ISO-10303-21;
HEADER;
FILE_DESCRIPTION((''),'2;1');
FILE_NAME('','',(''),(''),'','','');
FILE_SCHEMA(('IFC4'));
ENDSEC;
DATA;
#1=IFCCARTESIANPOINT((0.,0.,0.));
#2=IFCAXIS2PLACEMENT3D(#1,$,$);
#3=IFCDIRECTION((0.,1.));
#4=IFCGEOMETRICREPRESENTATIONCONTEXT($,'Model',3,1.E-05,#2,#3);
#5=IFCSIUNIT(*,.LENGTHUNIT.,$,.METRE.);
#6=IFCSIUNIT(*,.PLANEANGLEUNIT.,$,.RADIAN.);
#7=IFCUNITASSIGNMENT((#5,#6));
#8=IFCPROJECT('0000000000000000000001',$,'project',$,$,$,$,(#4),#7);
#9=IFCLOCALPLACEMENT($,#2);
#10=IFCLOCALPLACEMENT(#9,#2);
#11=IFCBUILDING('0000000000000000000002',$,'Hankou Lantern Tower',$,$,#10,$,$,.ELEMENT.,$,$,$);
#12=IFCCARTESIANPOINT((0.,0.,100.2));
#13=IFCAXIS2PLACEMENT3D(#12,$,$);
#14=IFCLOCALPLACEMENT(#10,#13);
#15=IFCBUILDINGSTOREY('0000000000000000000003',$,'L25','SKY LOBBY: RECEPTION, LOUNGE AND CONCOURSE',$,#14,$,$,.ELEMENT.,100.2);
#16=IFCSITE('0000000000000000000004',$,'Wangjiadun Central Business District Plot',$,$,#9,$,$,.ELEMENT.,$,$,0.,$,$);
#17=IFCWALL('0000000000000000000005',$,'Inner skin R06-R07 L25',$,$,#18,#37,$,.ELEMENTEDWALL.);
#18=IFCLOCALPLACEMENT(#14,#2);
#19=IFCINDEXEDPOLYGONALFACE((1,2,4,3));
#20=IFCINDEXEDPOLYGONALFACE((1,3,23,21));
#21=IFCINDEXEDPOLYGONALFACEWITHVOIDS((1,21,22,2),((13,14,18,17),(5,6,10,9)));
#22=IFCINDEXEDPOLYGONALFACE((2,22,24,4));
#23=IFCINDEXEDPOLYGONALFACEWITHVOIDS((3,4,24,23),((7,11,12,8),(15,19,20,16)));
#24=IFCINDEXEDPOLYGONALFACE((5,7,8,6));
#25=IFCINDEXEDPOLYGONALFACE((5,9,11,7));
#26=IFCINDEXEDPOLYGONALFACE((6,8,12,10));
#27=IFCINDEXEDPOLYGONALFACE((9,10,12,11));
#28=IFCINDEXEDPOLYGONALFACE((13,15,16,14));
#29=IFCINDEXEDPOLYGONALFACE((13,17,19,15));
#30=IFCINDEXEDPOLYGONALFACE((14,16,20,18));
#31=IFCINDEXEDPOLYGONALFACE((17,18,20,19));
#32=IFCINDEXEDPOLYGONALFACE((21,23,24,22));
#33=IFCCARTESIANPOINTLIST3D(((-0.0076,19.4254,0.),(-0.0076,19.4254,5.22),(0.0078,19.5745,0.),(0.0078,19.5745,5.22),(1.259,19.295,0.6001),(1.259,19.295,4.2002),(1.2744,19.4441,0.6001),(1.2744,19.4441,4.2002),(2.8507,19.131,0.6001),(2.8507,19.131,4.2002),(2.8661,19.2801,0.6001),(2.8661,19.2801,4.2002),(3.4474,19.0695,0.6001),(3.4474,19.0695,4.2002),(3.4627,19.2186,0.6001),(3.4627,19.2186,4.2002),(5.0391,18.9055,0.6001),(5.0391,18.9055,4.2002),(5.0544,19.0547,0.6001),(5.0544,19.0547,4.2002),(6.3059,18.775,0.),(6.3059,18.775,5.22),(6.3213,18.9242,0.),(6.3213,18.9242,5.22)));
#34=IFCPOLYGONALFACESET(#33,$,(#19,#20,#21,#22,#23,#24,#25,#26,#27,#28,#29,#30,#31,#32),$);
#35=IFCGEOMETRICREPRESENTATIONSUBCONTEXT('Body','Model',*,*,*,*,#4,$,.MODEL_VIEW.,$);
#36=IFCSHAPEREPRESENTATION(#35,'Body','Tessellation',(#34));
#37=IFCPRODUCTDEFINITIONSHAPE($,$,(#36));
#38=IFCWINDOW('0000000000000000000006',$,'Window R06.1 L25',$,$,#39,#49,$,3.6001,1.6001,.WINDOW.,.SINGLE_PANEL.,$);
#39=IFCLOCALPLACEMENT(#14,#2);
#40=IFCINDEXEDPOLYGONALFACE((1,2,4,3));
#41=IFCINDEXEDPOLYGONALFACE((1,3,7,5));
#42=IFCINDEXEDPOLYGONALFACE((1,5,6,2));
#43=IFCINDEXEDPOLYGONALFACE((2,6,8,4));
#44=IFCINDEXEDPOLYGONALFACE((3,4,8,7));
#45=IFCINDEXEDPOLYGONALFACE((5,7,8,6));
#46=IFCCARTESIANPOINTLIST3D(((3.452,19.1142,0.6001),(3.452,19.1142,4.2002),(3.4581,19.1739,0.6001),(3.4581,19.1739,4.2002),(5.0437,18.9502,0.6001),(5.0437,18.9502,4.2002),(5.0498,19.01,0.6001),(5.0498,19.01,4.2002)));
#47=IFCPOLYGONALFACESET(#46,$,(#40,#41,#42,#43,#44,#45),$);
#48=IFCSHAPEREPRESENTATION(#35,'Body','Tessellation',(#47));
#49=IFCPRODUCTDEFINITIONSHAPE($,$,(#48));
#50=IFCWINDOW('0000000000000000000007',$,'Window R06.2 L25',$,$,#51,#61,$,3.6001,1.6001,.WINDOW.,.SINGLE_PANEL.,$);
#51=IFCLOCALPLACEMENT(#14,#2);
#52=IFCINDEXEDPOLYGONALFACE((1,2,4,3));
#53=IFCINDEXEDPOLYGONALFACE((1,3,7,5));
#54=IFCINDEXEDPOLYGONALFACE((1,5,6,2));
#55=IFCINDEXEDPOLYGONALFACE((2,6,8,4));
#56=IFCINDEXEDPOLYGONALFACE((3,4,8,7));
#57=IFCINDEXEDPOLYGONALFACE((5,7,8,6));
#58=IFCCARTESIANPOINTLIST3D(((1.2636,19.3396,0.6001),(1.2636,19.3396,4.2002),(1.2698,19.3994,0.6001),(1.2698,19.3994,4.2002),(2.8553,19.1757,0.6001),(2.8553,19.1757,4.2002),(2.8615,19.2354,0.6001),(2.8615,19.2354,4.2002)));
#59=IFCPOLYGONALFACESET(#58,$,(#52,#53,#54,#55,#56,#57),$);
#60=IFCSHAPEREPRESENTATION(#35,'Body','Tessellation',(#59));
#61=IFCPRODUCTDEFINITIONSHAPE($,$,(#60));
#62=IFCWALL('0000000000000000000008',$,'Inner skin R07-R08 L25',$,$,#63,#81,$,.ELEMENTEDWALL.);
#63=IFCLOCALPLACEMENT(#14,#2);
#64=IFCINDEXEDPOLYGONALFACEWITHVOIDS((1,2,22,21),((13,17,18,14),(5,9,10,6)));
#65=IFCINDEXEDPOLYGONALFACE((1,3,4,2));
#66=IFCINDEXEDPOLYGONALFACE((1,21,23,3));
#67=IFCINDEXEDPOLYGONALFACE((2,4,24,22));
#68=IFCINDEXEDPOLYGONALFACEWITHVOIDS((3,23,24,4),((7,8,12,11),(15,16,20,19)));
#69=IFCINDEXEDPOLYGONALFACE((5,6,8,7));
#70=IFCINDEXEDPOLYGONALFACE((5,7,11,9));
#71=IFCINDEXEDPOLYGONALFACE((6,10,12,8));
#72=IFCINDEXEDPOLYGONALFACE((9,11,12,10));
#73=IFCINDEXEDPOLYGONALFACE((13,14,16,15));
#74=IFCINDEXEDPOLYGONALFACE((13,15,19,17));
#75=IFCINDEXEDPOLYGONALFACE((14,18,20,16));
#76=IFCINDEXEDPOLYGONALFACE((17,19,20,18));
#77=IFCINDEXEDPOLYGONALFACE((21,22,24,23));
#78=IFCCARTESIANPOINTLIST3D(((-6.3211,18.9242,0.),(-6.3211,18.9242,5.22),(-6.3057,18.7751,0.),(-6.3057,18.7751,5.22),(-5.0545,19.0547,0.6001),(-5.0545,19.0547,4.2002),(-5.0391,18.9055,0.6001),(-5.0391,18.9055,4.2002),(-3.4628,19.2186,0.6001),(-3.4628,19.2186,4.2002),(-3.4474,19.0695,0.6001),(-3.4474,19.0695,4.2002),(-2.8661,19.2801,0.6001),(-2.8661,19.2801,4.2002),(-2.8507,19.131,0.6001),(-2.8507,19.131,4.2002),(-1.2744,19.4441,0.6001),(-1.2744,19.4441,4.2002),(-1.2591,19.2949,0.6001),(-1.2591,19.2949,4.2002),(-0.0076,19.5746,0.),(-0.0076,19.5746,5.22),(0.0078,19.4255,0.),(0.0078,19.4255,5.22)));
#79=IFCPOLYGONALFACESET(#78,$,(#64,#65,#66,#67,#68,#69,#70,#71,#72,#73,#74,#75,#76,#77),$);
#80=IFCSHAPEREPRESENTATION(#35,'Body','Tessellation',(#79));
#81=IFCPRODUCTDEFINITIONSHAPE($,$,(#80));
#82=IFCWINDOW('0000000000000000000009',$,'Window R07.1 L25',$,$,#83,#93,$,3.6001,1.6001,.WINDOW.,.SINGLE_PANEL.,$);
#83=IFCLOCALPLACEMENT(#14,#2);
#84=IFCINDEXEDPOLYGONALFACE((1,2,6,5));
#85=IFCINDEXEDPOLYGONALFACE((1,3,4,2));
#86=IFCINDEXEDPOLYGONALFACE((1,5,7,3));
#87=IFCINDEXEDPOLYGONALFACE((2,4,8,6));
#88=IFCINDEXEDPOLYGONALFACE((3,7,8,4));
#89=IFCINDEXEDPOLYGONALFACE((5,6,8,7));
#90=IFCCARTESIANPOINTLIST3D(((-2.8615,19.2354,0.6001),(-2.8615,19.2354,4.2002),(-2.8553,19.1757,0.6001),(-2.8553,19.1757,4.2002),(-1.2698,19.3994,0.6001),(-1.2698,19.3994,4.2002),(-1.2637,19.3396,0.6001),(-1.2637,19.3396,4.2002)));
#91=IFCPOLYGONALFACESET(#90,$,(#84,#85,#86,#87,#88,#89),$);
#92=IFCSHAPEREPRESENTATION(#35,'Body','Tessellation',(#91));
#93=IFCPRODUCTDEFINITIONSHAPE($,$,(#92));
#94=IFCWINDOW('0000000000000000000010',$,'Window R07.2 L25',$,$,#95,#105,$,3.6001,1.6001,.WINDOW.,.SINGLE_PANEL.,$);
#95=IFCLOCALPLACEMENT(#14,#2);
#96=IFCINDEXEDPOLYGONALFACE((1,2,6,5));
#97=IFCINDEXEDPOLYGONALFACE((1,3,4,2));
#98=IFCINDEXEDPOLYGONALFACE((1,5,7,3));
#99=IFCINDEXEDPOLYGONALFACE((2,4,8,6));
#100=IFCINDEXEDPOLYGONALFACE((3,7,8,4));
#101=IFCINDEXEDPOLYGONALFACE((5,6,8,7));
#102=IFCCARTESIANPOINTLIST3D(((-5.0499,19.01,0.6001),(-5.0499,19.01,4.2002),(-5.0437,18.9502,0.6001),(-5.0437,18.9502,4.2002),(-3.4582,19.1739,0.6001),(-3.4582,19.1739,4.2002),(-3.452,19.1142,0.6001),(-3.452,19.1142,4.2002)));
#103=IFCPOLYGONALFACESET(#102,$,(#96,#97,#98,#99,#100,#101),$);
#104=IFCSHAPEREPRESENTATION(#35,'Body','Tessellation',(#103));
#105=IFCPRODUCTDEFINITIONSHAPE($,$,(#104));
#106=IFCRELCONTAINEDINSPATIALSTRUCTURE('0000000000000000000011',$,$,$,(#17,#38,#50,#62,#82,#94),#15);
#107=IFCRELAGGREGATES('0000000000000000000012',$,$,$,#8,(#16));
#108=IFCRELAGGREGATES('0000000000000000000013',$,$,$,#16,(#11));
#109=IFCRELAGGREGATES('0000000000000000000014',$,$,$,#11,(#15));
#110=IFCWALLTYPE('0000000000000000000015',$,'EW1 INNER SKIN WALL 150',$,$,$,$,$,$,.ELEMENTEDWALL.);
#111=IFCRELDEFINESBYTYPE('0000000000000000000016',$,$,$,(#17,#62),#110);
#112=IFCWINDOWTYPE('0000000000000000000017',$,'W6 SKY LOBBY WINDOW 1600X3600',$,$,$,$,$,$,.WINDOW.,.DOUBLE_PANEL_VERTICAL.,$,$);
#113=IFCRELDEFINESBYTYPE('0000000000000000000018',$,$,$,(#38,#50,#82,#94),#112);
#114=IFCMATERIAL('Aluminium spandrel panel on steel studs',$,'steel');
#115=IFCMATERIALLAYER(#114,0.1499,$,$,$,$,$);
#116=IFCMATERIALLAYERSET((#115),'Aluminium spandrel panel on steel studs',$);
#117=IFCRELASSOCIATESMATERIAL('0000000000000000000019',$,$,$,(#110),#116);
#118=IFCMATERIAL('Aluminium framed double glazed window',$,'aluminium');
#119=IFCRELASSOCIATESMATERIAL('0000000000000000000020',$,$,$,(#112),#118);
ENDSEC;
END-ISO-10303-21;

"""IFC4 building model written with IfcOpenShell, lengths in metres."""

from ifc_helpers import new_model, si_unit, direction, frame, frame_2d, origin, place, context, subcontext, project, spatial, rectangle, extrude, material, layer, layer_set, type_object, element, fill, save


model = new_model("IFC4")

# Units and contexts
model_context = context("Model", 3, precision=1e-05, world=origin(), true_north=direction((0.0, 1.0)))
body_context = subcontext(model_context, "Body", "Model", "MODEL_VIEW")
ifc_project = project(units=[si_unit("LENGTHUNIT", "METRE"), si_unit("PLANEANGLEUNIT", "RADIAN")], contexts=[model_context])

# Site, building, storey
site_placement = place(None, origin())
site = spatial("IfcSite", under=ifc_project, at=site_placement, Name="Wangjiadun Central Business District Plot", CompositionType="ELEMENT", RefElevation=0.0)
building_placement = place(site_placement, origin())
building = spatial("IfcBuilding", under=site, at=building_placement, Name="Hankou Lantern Tower", CompositionType="ELEMENT")
storey_placement = place(building_placement, frame((0.0, 0.0, 100.2)))
storey = spatial("IfcBuildingStorey", under=building, at=storey_placement, Name="L25", Description="SKY LOBBY: RECEPTION, LOUNGE AND CONCOURSE", CompositionType="ELEMENT", Elevation=100.2)

# Walls, openings, windows
ifc_material_1 = material(Name="Aluminium spandrel panel on steel studs", Category="steel")
ifc_layer_1 = layer(ifc_material_1, 0.1499)
ifc_layer_set_1 = layer_set([ifc_layer_1], Name="Aluminium spandrel panel on steel studs")
wall_type = type_object("IfcWallType", Name="EW1 INNER SKIN WALL 150", PredefinedType="ELEMENTEDWALL", material=ifc_layer_set_1)
wall_1_placement = place(storey_placement, frame((6.3135, 18.8496, 0.0), z_axis=(0.0, 0.0, 1.0), x_axis=(-0.994736, 0.102474, 0.0)))
wall_1 = element("IfcWall", 1, at=wall_1_placement, inside=storey, type_object=wall_type, Name="Inner skin R06-R07 L25", PredefinedType="ELEMENTEDWALL", context=body_context, shape_type="SweptSolid", body=[
    extrude(rectangle(XDim=6.3469, YDim=0.1499, at=frame_2d((3.1733, 0.0))), origin(), (0.0, 0.0, 1.0), 5.22),
])
opening_1_placement = place(wall_1_placement, frame((1.2734, 0.0, 0.6001)))
opening_1 = element("IfcOpeningElement", 2, at=opening_1_placement, cuts=wall_1, PredefinedType="OPENING", context=body_context, shape_type="SweptSolid", body=[
    extrude(rectangle(XDim=1.6001, YDim=3.6001, at=frame_2d((0.8, 1.8))), frame((0.0, 0.085, 0.0), z_axis=(0.0, -1.0, 0.0), x_axis=(1.0, 0.0, 0.0)), (0.0, 0.0, 1.0), 0.1699),
])
opening_2_placement = place(wall_1_placement, frame((3.4734, 0.0, 0.6001)))
opening_2 = element("IfcOpeningElement", 3, at=opening_2_placement, cuts=wall_1, PredefinedType="OPENING", context=body_context, shape_type="SweptSolid", body=[
    extrude(rectangle(XDim=1.6001, YDim=3.6001, at=frame_2d((0.8, 1.8))), frame((0.0, 0.085, 0.0), z_axis=(0.0, -1.0, 0.0), x_axis=(1.0, 0.0, 0.0)), (0.0, 0.0, 1.0), 0.1699),
])
ifc_material_2 = material(Name="Aluminium framed double glazed window", Category="aluminium")
window_type = type_object("IfcWindowType", Name="W6 SKY LOBBY WINDOW 1600X3600", PartitioningType="DOUBLE_PANEL_VERTICAL", PredefinedType="WINDOW", material=ifc_material_2)
window_1_placement = place(opening_1_placement, origin())
window_1 = element("IfcWindow", 4, at=window_1_placement, inside=storey, type_object=window_type, Name="Window R06.1 L25", OverallHeight=3.6001, OverallWidth=1.6001, PartitioningType="SINGLE_PANEL", PredefinedType="WINDOW", context=body_context, shape_type="SweptSolid", body=[
    extrude(rectangle(XDim=1.6001, YDim=3.6001, at=frame_2d((0.8, 1.8))), frame((0.0, 0.03, 0.0), z_axis=(0.0, -1.0, 0.0), x_axis=(1.0, 0.0, 0.0)), (0.0, 0.0, 1.0), 0.0601),
])
fill(opening_1, window_1)
window_2_placement = place(opening_2_placement, origin())
window_2 = element("IfcWindow", 5, at=window_2_placement, inside=storey, type_object=window_type, Name="Window R06.2 L25", OverallHeight=3.6001, OverallWidth=1.6001, PartitioningType="SINGLE_PANEL", PredefinedType="WINDOW", context=body_context, shape_type="SweptSolid", body=[
    extrude(rectangle(XDim=1.6001, YDim=3.6001, at=frame_2d((0.8, 1.8))), frame((0.0, 0.03, 0.0), z_axis=(0.0, -1.0, 0.0), x_axis=(1.0, 0.0, 0.0)), (0.0, 0.0, 1.0), 0.0601),
])
fill(opening_2, window_2)
wall_2_placement = place(storey_placement, frame((0.0, 19.5, 0.0), z_axis=(0.0, 0.0, 1.0), x_axis=(-0.994736, -0.102474, 0.0)))
wall_2 = element("IfcWall", 6, at=wall_2_placement, inside=storey, type_object=wall_type, Name="Inner skin R07-R08 L25", PredefinedType="ELEMENTEDWALL", context=body_context, shape_type="SweptSolid", body=[
    extrude(rectangle(XDim=6.3469, YDim=0.1499, at=frame_2d((3.1733, 0.0))), origin(), (0.0, 0.0, 1.0), 5.22),
])
opening_3_placement = place(wall_2_placement, frame((1.2734, 0.0, 0.6001)))
opening_3 = element("IfcOpeningElement", 7, at=opening_3_placement, cuts=wall_2, PredefinedType="OPENING", context=body_context, shape_type="SweptSolid", body=[
    extrude(rectangle(XDim=1.6001, YDim=3.6001, at=frame_2d((0.8, 1.8))), frame((0.0, 0.085, 0.0), z_axis=(0.0, -1.0, 0.0), x_axis=(1.0, 0.0, 0.0)), (0.0, 0.0, 1.0), 0.1699),
])
opening_4_placement = place(wall_2_placement, frame((3.4734, 0.0, 0.6001)))
opening_4 = element("IfcOpeningElement", 8, at=opening_4_placement, cuts=wall_2, PredefinedType="OPENING", context=body_context, shape_type="SweptSolid", body=[
    extrude(rectangle(XDim=1.6001, YDim=3.6001, at=frame_2d((0.8, 1.8))), frame((0.0, 0.085, 0.0), z_axis=(0.0, -1.0, 0.0), x_axis=(1.0, 0.0, 0.0)), (0.0, 0.0, 1.0), 0.1699),
])
window_3_placement = place(opening_3_placement, origin())
window_3 = element("IfcWindow", 9, at=window_3_placement, inside=storey, type_object=window_type, Name="Window R07.1 L25", OverallHeight=3.6001, OverallWidth=1.6001, PartitioningType="SINGLE_PANEL", PredefinedType="WINDOW", context=body_context, shape_type="SweptSolid", body=[
    extrude(rectangle(XDim=1.6001, YDim=3.6001, at=frame_2d((0.8, 1.8))), frame((0.0, 0.03, 0.0), z_axis=(0.0, -1.0, 0.0), x_axis=(1.0, 0.0, 0.0)), (0.0, 0.0, 1.0), 0.0601),
])
fill(opening_3, window_3)
window_4_placement = place(opening_4_placement, origin())
window_4 = element("IfcWindow", 10, at=window_4_placement, inside=storey, type_object=window_type, Name="Window R07.2 L25", OverallHeight=3.6001, OverallWidth=1.6001, PartitioningType="SINGLE_PANEL", PredefinedType="WINDOW", context=body_context, shape_type="SweptSolid", body=[
    extrude(rectangle(XDim=1.6001, YDim=3.6001, at=frame_2d((0.8, 1.8))), frame((0.0, 0.03, 0.0), z_axis=(0.0, -1.0, 0.0), x_axis=(1.0, 0.0, 0.0)), (0.0, 0.0, 1.0), 0.0601),
])
fill(opening_4, window_4)

save(model, "model.ifc")
